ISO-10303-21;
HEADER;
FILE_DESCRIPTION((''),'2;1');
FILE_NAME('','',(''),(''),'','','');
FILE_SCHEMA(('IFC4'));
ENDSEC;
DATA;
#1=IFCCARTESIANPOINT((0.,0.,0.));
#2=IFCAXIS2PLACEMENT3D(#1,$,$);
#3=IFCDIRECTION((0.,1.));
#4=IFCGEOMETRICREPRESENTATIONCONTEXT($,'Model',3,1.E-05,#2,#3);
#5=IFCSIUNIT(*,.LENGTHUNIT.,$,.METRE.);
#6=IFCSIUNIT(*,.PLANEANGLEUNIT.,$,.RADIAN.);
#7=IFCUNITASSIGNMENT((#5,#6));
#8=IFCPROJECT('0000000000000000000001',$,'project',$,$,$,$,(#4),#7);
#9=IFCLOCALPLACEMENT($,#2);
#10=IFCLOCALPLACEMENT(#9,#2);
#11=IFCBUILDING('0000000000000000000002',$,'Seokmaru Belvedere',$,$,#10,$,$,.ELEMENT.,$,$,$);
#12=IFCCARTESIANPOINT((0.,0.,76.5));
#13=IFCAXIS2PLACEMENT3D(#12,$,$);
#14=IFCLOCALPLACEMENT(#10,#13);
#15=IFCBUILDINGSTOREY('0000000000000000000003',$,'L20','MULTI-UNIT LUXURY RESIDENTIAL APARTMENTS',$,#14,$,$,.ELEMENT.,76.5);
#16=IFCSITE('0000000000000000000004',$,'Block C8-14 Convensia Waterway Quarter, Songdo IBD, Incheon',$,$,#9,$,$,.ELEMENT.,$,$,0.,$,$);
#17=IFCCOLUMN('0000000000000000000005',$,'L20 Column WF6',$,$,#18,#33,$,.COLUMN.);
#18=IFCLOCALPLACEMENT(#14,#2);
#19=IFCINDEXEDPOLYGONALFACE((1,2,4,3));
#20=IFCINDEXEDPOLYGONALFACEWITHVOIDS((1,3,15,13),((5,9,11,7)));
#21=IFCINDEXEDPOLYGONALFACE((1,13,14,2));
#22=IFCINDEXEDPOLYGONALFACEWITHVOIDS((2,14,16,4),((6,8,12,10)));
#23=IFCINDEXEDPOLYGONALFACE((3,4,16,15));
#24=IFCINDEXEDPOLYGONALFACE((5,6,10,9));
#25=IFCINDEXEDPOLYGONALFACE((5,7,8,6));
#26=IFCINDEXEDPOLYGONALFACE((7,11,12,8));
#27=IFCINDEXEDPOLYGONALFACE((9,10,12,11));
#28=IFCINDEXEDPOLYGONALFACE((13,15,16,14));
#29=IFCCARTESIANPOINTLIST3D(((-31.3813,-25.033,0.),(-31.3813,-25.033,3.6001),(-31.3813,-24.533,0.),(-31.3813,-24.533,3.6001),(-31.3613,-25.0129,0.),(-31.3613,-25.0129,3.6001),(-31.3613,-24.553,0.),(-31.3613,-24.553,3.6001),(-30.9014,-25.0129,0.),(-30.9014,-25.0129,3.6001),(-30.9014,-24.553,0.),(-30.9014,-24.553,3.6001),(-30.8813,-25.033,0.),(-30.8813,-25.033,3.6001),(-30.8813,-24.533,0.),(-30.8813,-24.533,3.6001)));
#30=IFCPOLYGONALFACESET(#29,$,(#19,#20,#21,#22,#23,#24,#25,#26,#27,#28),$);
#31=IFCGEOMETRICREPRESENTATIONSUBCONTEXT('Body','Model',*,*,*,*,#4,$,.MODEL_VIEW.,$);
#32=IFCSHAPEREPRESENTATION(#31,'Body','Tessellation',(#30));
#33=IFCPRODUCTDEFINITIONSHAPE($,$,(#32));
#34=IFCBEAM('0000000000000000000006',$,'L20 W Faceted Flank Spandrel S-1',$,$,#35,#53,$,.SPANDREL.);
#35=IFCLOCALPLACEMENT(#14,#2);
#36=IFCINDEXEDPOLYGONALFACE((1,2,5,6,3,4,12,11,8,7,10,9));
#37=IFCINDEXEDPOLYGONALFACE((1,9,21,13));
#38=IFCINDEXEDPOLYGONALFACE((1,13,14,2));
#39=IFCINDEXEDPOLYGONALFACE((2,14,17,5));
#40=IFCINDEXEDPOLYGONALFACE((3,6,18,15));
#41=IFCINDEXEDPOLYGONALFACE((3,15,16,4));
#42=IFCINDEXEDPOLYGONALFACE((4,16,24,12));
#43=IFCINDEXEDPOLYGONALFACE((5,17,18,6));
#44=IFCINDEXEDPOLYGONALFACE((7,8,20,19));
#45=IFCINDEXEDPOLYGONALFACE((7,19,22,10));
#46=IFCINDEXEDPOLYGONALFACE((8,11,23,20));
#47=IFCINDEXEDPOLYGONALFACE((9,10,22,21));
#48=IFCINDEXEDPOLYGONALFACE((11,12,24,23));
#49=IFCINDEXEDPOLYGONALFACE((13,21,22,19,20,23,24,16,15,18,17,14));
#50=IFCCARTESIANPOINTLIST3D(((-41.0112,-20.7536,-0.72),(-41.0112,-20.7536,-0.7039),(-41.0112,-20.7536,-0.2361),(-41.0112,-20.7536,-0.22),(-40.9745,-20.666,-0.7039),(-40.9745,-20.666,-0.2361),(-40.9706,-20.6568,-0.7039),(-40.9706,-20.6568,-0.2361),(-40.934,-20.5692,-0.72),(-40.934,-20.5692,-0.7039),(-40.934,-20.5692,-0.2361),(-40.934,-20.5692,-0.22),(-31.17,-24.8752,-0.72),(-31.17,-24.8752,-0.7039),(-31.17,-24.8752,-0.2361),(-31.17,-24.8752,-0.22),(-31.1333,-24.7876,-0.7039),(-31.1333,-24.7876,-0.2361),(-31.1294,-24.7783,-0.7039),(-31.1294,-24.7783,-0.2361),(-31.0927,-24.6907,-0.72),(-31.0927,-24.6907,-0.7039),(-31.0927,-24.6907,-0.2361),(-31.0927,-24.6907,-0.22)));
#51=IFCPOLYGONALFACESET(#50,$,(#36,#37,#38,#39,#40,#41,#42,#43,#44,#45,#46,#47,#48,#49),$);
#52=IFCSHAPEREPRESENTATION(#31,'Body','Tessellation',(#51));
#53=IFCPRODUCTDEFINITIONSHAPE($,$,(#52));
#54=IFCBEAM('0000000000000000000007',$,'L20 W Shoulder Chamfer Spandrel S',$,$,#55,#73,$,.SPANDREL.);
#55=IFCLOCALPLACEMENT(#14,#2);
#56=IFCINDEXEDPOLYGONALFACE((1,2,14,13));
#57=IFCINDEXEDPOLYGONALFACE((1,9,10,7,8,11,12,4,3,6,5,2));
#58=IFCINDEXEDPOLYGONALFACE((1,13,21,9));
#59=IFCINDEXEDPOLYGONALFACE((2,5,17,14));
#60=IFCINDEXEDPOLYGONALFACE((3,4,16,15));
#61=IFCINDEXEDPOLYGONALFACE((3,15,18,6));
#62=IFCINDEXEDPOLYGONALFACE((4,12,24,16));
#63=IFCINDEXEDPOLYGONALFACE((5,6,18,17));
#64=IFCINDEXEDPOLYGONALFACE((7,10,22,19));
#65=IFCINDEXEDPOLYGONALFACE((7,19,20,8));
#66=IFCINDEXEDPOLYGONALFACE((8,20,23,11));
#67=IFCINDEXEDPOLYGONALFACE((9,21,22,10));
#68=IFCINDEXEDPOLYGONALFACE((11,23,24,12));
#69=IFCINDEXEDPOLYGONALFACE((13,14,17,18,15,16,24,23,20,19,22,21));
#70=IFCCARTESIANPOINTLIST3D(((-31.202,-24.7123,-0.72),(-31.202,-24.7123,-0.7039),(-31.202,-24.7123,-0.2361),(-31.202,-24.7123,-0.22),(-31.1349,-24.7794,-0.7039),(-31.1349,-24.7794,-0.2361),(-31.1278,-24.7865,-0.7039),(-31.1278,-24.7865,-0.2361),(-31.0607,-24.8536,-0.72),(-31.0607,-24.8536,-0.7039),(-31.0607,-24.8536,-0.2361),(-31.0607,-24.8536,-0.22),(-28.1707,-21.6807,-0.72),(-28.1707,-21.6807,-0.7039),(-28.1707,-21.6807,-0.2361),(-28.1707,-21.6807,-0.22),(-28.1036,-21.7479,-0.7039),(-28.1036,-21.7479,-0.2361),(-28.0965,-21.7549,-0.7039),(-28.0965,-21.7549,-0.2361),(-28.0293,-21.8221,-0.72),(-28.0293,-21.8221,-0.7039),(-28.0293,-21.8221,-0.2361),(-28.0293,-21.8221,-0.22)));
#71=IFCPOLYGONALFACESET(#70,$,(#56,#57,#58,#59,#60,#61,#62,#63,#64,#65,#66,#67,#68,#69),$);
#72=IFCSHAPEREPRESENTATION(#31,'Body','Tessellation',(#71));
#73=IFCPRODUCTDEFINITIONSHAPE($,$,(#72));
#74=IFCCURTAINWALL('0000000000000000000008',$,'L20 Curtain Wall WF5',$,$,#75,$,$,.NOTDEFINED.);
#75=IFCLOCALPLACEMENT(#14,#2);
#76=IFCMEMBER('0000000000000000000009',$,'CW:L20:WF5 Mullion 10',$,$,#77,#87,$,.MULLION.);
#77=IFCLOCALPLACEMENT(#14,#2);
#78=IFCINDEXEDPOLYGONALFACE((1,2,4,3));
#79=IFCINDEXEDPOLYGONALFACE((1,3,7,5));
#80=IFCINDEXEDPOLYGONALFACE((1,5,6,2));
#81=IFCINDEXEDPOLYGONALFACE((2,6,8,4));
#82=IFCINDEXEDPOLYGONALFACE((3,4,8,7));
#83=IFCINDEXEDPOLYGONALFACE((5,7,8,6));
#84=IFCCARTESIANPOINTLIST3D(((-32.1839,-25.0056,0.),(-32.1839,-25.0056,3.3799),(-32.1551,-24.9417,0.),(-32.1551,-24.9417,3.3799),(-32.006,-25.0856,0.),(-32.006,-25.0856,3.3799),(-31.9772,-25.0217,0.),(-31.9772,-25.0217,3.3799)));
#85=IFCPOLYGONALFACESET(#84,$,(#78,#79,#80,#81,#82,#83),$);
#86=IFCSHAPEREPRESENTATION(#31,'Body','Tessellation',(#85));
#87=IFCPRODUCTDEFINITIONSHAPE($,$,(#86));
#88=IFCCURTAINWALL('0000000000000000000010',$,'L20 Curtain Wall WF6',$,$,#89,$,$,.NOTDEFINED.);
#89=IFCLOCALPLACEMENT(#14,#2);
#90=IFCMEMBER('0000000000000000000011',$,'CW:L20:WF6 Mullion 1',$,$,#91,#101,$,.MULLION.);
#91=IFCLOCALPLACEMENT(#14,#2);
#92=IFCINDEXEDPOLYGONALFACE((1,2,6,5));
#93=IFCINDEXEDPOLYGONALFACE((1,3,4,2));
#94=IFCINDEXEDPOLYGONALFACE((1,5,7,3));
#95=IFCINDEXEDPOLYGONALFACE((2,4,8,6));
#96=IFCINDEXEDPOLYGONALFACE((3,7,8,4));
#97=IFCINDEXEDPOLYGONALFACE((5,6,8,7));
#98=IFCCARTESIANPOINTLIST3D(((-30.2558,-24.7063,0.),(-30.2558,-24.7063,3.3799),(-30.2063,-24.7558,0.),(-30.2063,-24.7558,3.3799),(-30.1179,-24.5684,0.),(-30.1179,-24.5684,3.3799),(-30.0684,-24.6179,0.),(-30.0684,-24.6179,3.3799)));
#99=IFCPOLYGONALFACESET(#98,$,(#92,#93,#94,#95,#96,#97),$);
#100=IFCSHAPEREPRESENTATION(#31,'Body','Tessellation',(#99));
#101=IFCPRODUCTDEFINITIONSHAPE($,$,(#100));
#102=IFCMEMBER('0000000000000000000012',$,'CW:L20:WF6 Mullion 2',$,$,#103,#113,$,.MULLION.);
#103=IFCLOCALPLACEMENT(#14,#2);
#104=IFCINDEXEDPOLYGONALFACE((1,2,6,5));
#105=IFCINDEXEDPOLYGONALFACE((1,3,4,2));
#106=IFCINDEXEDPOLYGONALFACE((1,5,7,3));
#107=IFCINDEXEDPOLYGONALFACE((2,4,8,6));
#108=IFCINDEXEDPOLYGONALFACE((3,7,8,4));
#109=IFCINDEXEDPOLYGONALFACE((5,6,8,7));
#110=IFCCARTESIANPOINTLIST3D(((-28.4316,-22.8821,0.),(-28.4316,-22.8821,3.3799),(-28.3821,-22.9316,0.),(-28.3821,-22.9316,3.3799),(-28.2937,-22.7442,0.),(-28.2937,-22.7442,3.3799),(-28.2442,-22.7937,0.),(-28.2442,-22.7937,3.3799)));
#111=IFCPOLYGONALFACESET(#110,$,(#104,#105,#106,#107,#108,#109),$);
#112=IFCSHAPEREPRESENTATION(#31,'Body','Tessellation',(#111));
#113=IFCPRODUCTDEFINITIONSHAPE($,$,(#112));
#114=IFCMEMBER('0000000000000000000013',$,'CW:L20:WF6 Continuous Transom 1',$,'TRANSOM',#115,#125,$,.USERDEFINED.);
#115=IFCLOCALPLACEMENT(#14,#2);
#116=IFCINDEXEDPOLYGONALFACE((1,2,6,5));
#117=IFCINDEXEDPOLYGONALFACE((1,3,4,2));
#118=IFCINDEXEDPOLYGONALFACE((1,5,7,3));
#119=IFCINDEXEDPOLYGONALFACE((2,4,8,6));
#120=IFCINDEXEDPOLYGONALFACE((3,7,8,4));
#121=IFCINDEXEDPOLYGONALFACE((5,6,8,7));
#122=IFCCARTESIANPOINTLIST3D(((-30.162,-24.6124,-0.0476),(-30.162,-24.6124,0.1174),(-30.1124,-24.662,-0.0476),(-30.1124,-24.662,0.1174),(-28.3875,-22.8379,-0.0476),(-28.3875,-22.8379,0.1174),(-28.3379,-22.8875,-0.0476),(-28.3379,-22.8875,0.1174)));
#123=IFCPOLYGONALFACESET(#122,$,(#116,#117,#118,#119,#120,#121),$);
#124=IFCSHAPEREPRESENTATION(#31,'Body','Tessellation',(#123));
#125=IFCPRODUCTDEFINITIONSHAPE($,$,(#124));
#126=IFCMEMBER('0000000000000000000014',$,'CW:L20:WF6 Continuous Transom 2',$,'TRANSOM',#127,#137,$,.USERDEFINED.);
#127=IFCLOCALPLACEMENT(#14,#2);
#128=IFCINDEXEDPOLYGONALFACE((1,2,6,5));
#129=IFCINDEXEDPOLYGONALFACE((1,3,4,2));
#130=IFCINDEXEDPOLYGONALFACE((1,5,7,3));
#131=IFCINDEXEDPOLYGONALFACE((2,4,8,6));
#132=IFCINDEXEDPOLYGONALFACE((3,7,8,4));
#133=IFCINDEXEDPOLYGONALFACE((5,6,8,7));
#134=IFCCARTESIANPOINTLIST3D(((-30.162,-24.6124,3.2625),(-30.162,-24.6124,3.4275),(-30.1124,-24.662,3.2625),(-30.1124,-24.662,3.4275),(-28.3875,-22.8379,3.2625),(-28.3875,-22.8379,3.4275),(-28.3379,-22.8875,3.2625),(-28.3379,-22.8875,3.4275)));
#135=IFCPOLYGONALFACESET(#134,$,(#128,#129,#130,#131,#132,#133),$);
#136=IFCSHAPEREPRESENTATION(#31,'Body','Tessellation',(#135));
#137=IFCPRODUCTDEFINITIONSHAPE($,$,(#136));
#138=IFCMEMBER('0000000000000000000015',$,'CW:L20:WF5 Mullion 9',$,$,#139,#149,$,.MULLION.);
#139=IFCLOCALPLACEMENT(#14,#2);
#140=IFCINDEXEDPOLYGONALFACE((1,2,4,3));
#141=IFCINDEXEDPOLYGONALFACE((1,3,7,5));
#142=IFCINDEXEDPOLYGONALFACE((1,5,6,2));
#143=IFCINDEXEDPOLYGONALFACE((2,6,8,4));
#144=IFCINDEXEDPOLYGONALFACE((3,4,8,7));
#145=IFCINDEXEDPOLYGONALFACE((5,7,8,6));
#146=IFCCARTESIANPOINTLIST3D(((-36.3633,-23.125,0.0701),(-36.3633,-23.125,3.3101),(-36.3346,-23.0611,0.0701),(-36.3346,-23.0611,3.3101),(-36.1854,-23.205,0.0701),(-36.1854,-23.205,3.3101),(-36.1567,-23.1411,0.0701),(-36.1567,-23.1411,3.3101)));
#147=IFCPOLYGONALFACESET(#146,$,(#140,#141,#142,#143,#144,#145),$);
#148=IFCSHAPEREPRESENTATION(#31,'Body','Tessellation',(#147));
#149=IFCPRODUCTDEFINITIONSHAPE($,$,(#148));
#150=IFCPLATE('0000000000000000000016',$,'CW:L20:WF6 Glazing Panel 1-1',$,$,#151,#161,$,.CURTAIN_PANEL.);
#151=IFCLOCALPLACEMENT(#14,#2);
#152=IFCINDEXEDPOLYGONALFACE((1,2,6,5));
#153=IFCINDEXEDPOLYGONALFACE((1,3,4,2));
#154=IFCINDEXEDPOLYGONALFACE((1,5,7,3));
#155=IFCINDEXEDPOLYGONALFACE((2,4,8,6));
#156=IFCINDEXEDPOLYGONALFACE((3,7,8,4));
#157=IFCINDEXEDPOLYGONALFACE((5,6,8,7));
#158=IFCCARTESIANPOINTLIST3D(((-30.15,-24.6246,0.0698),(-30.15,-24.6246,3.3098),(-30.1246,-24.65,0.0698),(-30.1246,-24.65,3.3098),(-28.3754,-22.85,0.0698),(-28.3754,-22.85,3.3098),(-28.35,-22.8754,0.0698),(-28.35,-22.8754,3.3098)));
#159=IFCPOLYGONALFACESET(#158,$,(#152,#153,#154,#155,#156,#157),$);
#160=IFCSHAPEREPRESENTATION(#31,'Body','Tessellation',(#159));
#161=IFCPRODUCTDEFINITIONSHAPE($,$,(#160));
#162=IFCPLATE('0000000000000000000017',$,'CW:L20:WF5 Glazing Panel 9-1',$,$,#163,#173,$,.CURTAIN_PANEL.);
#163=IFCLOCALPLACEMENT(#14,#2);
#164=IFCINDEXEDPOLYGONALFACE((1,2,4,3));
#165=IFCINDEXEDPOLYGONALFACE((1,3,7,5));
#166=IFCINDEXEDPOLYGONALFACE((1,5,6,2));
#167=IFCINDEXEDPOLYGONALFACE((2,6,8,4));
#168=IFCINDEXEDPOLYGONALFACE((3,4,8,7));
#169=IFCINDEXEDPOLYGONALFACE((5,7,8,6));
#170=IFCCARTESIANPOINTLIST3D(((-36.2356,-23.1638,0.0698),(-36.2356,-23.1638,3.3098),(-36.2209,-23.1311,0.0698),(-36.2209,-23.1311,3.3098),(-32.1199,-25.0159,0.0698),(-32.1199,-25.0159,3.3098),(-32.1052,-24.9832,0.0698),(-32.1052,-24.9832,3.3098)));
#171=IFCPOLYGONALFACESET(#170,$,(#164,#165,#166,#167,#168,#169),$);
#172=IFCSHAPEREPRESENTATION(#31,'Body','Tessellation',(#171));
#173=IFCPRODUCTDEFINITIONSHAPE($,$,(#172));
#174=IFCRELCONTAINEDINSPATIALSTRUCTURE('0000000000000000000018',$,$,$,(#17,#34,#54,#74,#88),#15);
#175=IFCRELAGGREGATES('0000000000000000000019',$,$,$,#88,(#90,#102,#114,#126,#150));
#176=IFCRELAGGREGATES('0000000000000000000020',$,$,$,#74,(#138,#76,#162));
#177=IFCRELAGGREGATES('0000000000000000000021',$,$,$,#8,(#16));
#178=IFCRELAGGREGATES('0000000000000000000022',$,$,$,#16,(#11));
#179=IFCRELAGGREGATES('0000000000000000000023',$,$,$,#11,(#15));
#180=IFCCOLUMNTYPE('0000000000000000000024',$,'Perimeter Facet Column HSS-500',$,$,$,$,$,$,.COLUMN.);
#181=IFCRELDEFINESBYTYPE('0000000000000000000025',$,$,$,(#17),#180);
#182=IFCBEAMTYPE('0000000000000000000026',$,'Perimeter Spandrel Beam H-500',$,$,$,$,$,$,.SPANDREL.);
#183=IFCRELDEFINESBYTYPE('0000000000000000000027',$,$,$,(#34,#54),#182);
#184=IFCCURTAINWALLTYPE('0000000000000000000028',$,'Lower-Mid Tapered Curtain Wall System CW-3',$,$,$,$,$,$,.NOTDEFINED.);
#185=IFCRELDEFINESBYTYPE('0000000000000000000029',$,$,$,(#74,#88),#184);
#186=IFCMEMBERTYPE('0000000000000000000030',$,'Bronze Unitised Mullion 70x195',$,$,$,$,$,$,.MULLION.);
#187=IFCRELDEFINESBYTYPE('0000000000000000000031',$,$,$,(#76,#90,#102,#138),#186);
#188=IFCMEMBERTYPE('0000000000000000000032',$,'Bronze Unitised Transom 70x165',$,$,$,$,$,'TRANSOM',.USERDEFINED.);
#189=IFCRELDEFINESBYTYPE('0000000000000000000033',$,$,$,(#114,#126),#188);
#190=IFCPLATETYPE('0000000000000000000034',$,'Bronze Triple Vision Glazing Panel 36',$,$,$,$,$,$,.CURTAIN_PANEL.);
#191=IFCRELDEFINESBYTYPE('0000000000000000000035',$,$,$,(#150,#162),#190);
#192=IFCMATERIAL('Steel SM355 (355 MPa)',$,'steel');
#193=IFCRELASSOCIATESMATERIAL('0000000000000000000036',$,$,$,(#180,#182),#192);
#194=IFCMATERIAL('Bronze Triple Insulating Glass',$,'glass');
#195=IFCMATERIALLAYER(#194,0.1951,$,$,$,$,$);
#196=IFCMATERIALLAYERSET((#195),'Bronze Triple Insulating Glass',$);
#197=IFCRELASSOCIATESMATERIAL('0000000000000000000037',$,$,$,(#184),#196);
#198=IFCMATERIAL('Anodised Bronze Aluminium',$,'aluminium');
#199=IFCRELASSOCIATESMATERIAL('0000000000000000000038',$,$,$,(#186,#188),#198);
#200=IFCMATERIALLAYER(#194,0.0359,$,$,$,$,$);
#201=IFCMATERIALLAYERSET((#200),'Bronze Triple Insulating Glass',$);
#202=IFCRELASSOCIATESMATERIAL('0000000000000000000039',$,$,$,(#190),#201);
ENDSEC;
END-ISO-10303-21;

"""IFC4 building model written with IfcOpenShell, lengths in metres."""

from ifc_helpers import new_model, si_unit, direction, frame, origin, origin_2d, place, context, subcontext, project, spatial, rectangle, hollow_rectangle, i_section, extrude, source, transform, mapped, material, layer, layer_set, material_profile, profile_set, type_object, type_shapes, element, aggregate, save


model = new_model("IFC4")

# Units and contexts
model_context = context("Model", 3, precision=1e-05, world=origin(), true_north=direction((0.0, 1.0)))
body_context = subcontext(model_context, "Body", "Model", "MODEL_VIEW")
ifc_project = project(units=[si_unit("LENGTHUNIT", "METRE"), si_unit("PLANEANGLEUNIT", "RADIAN")], contexts=[model_context])

# Site, building, storey
site_placement = place(None, origin())
site = spatial("IfcSite", under=ifc_project, at=site_placement, Name="Block C8-14 Convensia Waterway Quarter, Songdo IBD, Incheon", CompositionType="ELEMENT", RefElevation=0.0)
building_placement = place(site_placement, origin())
building = spatial("IfcBuilding", under=site, at=building_placement, Name="Seokmaru Belvedere", CompositionType="ELEMENT")
storey_placement = place(building_placement, frame((0.0, 0.0, 76.5)))
storey = spatial("IfcBuildingStorey", under=building, at=storey_placement, Name="L20", Description="MULTI-UNIT LUXURY RESIDENTIAL APARTMENTS", CompositionType="ELEMENT", Elevation=76.5)

# Column
ifc_material_1 = material(Name="Steel SM355 (355 MPa)", Category="steel")
ifc_material_profile_1 = material_profile(ifc_material_1, hollow_rectangle(XDim=0.5, YDim=0.5, WallThickness=0.02, at=origin_2d()), Name="HSS-500x500x20")
ifc_profile_set_1 = profile_set([ifc_material_profile_1], Name="Steel SM355 (355 MPa)")
column_type = type_object("IfcColumnType", Name="Perimeter Facet Column HSS-500", PredefinedType="COLUMN", material=ifc_profile_set_1)
shared_shape_1 = source(origin(), body_context, "Body", "SweptSolid", [
    extrude(hollow_rectangle(XDim=0.5, YDim=0.5, WallThickness=0.02, at=origin_2d()), origin(), (0.0, 0.0, 1.0), 3.6001),
])
type_shapes(column_type, [shared_shape_1])
column_placement = place(storey_placement, frame((-31.1313, -24.783, 0.0), z_axis=(0.0, 0.0, 1.0), x_axis=(1.0, 0.0, 0.0)))
element("IfcColumn", 1, at=column_placement, inside=storey, type_object=column_type, Name="L20 Column WF6", PredefinedType="COLUMN", context=body_context, shape_type="MappedRepresentation", body=[
    mapped(shared_shape_1, transform((0.0, 0.0, 0.0), scale=1.0)),
])

# Beams
ifc_material_profile_2 = material_profile(ifc_material_1, i_section(OverallWidth=0.2, OverallDepth=0.5, WebThickness=0.01, FlangeThickness=0.0161, at=origin_2d()), Name="H-500x200x10x16")
ifc_profile_set_2 = profile_set([ifc_material_profile_2], Name="Steel SM355 (355 MPa)")
beam_type = type_object("IfcBeamType", Name="Perimeter Spandrel Beam H-500", PredefinedType="SPANDREL", material=ifc_profile_set_2)
shared_shape_2 = source(origin(), body_context, "Body", "SweptSolid", [
    extrude(i_section(OverallWidth=0.2, OverallDepth=0.5, WebThickness=0.01, FlangeThickness=0.0161, at=origin_2d()), origin(), (0.0, 0.0, 1.0), 10.6694),
])
beam_1_placement = place(storey_placement, frame((-31.1313, -24.783, -0.47), z_axis=(-0.922375, 0.386295, 0.0), x_axis=(-0.386295, -0.922375, 0.0)))
element("IfcBeam", 2, at=beam_1_placement, inside=storey, type_object=beam_type, Name="L20 W Faceted Flank Spandrel S-1", PredefinedType="SPANDREL", context=body_context, shape_type="MappedRepresentation", body=[
    mapped(shared_shape_2, transform((0.0, 0.0, 0.0), scale=1.0)),
])
shared_shape_3 = source(origin(), body_context, "Body", "SweptSolid", [
    extrude(i_section(OverallWidth=0.2, OverallDepth=0.5, WebThickness=0.01, FlangeThickness=0.0161, at=origin_2d()), origin(), (0.0, 0.0, 1.0), 4.2871),
])
type_shapes(beam_type, [shared_shape_2, shared_shape_3])
beam_2_placement = place(storey_placement, frame((-31.1313, -24.783, -0.47), z_axis=(0.707078, 0.707135, 0.0), x_axis=(-0.707135, 0.707078, 0.0)))
element("IfcBeam", 3, at=beam_2_placement, inside=storey, type_object=beam_type, Name="L20 W Shoulder Chamfer Spandrel S", PredefinedType="SPANDREL", context=body_context, shape_type="MappedRepresentation", body=[
    mapped(shared_shape_3, transform((0.0, 0.0, 0.0), scale=1.0)),
])

# Curtain wall, member
ifc_material_2 = material(Name="Bronze Triple Insulating Glass", Category="glass")
ifc_layer_1 = layer(ifc_material_2, 0.1951)
ifc_layer_set_1 = layer_set([ifc_layer_1], Name="Bronze Triple Insulating Glass")
curtain_wall_type = type_object("IfcCurtainWallType", Name="Lower-Mid Tapered Curtain Wall System CW-3", PredefinedType="NOTDEFINED", material=ifc_layer_set_1)
curtain_wall_1_placement = place(storey_placement, origin())
curtain_wall_1 = element("IfcCurtainWall", 4, at=curtain_wall_1_placement, inside=storey, type_object=curtain_wall_type, Name="L20 Curtain Wall WF5", PredefinedType="NOTDEFINED")
ifc_material_3 = material(Name="Anodised Bronze Aluminium", Category="aluminium")
ifc_material_profile_3 = material_profile(ifc_material_3, rectangle(XDim=0.0701, YDim=0.1951, at=origin_2d()), Name="CW-M-70x195")
ifc_profile_set_3 = profile_set([ifc_material_profile_3], Name="Anodised Bronze Aluminium")
member_type_1 = type_object("IfcMemberType", Name="Bronze Unitised Mullion 70x195", PredefinedType="MULLION", material=ifc_profile_set_3)
shared_shape_4 = source(origin(), body_context, "Body", "SweptSolid", [
    extrude(rectangle(XDim=0.0701, YDim=0.1951, at=origin_2d()), origin(), (0.0, 0.0, 1.0), 3.3799),
])
member_1_placement = place(storey_placement, frame((-32.0806, -25.0137, 0.0), z_axis=(0.0, 0.0, 1.0), x_axis=(0.410366, 0.911921, 0.0)))
member_1 = element("IfcMember", 5, at=member_1_placement, type_object=member_type_1, Name="CW:L20:WF5 Mullion 10", PredefinedType="MULLION", context=body_context, shape_type="MappedRepresentation", body=[
    mapped(shared_shape_4, transform((0.0, 0.0, 0.0), scale=1.0)),
])

# Curtain wall, members
curtain_wall_2_placement = place(storey_placement, origin())
curtain_wall_2 = element("IfcCurtainWall", 6, at=curtain_wall_2_placement, inside=storey, type_object=curtain_wall_type, Name="L20 Curtain Wall WF6", PredefinedType="NOTDEFINED")
member_2_placement = place(storey_placement, frame((-30.1621, -24.6621, 0.0), z_axis=(0.0, 0.0, 1.0), x_axis=(-0.707107, 0.707107, 0.0)))
member_2 = element("IfcMember", 7, at=member_2_placement, type_object=member_type_1, Name="CW:L20:WF6 Mullion 1", PredefinedType="MULLION", context=body_context, shape_type="MappedRepresentation", body=[
    mapped(shared_shape_4, transform((0.0, 0.0, 0.0), scale=1.0)),
])
member_3_placement = place(storey_placement, frame((-28.3379, -22.8379, 0.0), z_axis=(0.0, 0.0, 1.0), x_axis=(-0.707107, 0.707107, 0.0)))
member_3 = element("IfcMember", 8, at=member_3_placement, type_object=member_type_1, Name="CW:L20:WF6 Mullion 2", PredefinedType="MULLION", context=body_context, shape_type="MappedRepresentation", body=[
    mapped(shared_shape_4, transform((0.0, 0.0, 0.0), scale=1.0)),
])
ifc_material_profile_4 = material_profile(ifc_material_3, rectangle(XDim=0.0701, YDim=0.165, at=origin_2d()), Name="CW-T-70x165")
ifc_profile_set_4 = profile_set([ifc_material_profile_4], Name="Anodised Bronze Aluminium")
member_type_2 = type_object("IfcMemberType", Name="Bronze Unitised Transom 70x165", ElementType="TRANSOM", PredefinedType="USERDEFINED", material=ifc_profile_set_4)
shared_shape_5 = source(origin(), body_context, "Body", "SweptSolid", [
    extrude(rectangle(XDim=0.0701, YDim=0.165, at=origin_2d()), origin(), (0.0, 0.0, 1.0), 2.5095),
])
type_shapes(member_type_2, [shared_shape_5])
member_4_placement = place(storey_placement, frame((-30.1372, -24.6372, 0.0349), z_axis=(0.707107, 0.707107, 0.0), x_axis=(-0.707107, 0.707107, 0.0)))
member_4 = element("IfcMember", 9, at=member_4_placement, type_object=member_type_2, Name="CW:L20:WF6 Continuous Transom 1", ObjectType="TRANSOM", PredefinedType="USERDEFINED", context=body_context, shape_type="MappedRepresentation", body=[
    mapped(shared_shape_5, transform((0.0, 0.0, 0.0), scale=1.0)),
])
member_5_placement = place(storey_placement, frame((-30.1372, -24.6372, 3.345), z_axis=(0.707107, 0.707107, 0.0), x_axis=(-0.707107, 0.707107, 0.0)))
member_5 = element("IfcMember", 10, at=member_5_placement, type_object=member_type_2, Name="CW:L20:WF6 Continuous Transom 2", ObjectType="TRANSOM", PredefinedType="USERDEFINED", context=body_context, shape_type="MappedRepresentation", body=[
    mapped(shared_shape_5, transform((0.0, 0.0, 0.0), scale=1.0)),
])

# Member
shared_shape_6 = source(origin(), body_context, "Body", "SweptSolid", [
    extrude(rectangle(XDim=0.0701, YDim=0.1951, at=origin_2d()), origin(), (0.0, 0.0, 1.0), 3.24),
])
type_shapes(member_type_1, [shared_shape_4, shared_shape_6])
member_6_placement = place(storey_placement, frame((-36.26, -23.1331, 0.0701), z_axis=(0.0, 0.0, 1.0), x_axis=(0.410366, 0.911921, 0.0)))
member_6 = element("IfcMember", 11, at=member_6_placement, type_object=member_type_1, Name="CW:L20:WF5 Mullion 9", PredefinedType="MULLION", context=body_context, shape_type="MappedRepresentation", body=[
    mapped(shared_shape_6, transform((0.0, 0.0, 0.0), scale=1.0)),
])

# Plates
ifc_layer_2 = layer(ifc_material_2, 0.0359)
ifc_layer_set_2 = layer_set([ifc_layer_2], Name="Bronze Triple Insulating Glass")
plate_type = type_object("IfcPlateType", Name="Bronze Triple Vision Glazing Panel 36", PredefinedType="CURTAIN_PANEL", material=ifc_layer_set_2)
shared_shape_7 = source(origin(), body_context, "Body", "SweptSolid", [
    extrude(rectangle(XDim=2.5098, YDim=0.0359, at=origin_2d()), origin(), (0.0, 0.0, 1.0), 3.24),
])
plate_1_placement = place(storey_placement, frame((-29.25, -23.75, 0.0698), z_axis=(0.0, 0.0, 1.0), x_axis=(0.707107, 0.707107, 0.0)))
plate_1 = element("IfcPlate", 12, at=plate_1_placement, type_object=plate_type, Name="CW:L20:WF6 Glazing Panel 1-1", PredefinedType="CURTAIN_PANEL", context=body_context, shape_type="MappedRepresentation", body=[
    mapped(shared_shape_7, transform((0.0, 0.0, 0.0), scale=1.0)),
])
aggregate(curtain_wall_2, [member_2, member_3, member_4, member_5, plate_1])
shared_shape_8 = source(origin(), body_context, "Body", "SweptSolid", [
    extrude(rectangle(XDim=4.5132, YDim=0.0359, at=origin_2d()), origin(), (0.0, 0.0, 1.0), 3.24),
])
plate_2_placement = place(storey_placement, frame((-34.1704, -24.0735, 0.0698), z_axis=(0.0, 0.0, 1.0), x_axis=(0.911921, -0.410366, 0.0)))
plate_2 = element("IfcPlate", 13, at=plate_2_placement, type_object=plate_type, Name="CW:L20:WF5 Glazing Panel 9-1", PredefinedType="CURTAIN_PANEL", context=body_context, shape_type="MappedRepresentation", body=[
    mapped(shared_shape_8, transform((0.0, 0.0, 0.0), scale=1.0)),
])
aggregate(curtain_wall_1, [member_6, member_1, plate_2])

save(model, "model.ifc")
